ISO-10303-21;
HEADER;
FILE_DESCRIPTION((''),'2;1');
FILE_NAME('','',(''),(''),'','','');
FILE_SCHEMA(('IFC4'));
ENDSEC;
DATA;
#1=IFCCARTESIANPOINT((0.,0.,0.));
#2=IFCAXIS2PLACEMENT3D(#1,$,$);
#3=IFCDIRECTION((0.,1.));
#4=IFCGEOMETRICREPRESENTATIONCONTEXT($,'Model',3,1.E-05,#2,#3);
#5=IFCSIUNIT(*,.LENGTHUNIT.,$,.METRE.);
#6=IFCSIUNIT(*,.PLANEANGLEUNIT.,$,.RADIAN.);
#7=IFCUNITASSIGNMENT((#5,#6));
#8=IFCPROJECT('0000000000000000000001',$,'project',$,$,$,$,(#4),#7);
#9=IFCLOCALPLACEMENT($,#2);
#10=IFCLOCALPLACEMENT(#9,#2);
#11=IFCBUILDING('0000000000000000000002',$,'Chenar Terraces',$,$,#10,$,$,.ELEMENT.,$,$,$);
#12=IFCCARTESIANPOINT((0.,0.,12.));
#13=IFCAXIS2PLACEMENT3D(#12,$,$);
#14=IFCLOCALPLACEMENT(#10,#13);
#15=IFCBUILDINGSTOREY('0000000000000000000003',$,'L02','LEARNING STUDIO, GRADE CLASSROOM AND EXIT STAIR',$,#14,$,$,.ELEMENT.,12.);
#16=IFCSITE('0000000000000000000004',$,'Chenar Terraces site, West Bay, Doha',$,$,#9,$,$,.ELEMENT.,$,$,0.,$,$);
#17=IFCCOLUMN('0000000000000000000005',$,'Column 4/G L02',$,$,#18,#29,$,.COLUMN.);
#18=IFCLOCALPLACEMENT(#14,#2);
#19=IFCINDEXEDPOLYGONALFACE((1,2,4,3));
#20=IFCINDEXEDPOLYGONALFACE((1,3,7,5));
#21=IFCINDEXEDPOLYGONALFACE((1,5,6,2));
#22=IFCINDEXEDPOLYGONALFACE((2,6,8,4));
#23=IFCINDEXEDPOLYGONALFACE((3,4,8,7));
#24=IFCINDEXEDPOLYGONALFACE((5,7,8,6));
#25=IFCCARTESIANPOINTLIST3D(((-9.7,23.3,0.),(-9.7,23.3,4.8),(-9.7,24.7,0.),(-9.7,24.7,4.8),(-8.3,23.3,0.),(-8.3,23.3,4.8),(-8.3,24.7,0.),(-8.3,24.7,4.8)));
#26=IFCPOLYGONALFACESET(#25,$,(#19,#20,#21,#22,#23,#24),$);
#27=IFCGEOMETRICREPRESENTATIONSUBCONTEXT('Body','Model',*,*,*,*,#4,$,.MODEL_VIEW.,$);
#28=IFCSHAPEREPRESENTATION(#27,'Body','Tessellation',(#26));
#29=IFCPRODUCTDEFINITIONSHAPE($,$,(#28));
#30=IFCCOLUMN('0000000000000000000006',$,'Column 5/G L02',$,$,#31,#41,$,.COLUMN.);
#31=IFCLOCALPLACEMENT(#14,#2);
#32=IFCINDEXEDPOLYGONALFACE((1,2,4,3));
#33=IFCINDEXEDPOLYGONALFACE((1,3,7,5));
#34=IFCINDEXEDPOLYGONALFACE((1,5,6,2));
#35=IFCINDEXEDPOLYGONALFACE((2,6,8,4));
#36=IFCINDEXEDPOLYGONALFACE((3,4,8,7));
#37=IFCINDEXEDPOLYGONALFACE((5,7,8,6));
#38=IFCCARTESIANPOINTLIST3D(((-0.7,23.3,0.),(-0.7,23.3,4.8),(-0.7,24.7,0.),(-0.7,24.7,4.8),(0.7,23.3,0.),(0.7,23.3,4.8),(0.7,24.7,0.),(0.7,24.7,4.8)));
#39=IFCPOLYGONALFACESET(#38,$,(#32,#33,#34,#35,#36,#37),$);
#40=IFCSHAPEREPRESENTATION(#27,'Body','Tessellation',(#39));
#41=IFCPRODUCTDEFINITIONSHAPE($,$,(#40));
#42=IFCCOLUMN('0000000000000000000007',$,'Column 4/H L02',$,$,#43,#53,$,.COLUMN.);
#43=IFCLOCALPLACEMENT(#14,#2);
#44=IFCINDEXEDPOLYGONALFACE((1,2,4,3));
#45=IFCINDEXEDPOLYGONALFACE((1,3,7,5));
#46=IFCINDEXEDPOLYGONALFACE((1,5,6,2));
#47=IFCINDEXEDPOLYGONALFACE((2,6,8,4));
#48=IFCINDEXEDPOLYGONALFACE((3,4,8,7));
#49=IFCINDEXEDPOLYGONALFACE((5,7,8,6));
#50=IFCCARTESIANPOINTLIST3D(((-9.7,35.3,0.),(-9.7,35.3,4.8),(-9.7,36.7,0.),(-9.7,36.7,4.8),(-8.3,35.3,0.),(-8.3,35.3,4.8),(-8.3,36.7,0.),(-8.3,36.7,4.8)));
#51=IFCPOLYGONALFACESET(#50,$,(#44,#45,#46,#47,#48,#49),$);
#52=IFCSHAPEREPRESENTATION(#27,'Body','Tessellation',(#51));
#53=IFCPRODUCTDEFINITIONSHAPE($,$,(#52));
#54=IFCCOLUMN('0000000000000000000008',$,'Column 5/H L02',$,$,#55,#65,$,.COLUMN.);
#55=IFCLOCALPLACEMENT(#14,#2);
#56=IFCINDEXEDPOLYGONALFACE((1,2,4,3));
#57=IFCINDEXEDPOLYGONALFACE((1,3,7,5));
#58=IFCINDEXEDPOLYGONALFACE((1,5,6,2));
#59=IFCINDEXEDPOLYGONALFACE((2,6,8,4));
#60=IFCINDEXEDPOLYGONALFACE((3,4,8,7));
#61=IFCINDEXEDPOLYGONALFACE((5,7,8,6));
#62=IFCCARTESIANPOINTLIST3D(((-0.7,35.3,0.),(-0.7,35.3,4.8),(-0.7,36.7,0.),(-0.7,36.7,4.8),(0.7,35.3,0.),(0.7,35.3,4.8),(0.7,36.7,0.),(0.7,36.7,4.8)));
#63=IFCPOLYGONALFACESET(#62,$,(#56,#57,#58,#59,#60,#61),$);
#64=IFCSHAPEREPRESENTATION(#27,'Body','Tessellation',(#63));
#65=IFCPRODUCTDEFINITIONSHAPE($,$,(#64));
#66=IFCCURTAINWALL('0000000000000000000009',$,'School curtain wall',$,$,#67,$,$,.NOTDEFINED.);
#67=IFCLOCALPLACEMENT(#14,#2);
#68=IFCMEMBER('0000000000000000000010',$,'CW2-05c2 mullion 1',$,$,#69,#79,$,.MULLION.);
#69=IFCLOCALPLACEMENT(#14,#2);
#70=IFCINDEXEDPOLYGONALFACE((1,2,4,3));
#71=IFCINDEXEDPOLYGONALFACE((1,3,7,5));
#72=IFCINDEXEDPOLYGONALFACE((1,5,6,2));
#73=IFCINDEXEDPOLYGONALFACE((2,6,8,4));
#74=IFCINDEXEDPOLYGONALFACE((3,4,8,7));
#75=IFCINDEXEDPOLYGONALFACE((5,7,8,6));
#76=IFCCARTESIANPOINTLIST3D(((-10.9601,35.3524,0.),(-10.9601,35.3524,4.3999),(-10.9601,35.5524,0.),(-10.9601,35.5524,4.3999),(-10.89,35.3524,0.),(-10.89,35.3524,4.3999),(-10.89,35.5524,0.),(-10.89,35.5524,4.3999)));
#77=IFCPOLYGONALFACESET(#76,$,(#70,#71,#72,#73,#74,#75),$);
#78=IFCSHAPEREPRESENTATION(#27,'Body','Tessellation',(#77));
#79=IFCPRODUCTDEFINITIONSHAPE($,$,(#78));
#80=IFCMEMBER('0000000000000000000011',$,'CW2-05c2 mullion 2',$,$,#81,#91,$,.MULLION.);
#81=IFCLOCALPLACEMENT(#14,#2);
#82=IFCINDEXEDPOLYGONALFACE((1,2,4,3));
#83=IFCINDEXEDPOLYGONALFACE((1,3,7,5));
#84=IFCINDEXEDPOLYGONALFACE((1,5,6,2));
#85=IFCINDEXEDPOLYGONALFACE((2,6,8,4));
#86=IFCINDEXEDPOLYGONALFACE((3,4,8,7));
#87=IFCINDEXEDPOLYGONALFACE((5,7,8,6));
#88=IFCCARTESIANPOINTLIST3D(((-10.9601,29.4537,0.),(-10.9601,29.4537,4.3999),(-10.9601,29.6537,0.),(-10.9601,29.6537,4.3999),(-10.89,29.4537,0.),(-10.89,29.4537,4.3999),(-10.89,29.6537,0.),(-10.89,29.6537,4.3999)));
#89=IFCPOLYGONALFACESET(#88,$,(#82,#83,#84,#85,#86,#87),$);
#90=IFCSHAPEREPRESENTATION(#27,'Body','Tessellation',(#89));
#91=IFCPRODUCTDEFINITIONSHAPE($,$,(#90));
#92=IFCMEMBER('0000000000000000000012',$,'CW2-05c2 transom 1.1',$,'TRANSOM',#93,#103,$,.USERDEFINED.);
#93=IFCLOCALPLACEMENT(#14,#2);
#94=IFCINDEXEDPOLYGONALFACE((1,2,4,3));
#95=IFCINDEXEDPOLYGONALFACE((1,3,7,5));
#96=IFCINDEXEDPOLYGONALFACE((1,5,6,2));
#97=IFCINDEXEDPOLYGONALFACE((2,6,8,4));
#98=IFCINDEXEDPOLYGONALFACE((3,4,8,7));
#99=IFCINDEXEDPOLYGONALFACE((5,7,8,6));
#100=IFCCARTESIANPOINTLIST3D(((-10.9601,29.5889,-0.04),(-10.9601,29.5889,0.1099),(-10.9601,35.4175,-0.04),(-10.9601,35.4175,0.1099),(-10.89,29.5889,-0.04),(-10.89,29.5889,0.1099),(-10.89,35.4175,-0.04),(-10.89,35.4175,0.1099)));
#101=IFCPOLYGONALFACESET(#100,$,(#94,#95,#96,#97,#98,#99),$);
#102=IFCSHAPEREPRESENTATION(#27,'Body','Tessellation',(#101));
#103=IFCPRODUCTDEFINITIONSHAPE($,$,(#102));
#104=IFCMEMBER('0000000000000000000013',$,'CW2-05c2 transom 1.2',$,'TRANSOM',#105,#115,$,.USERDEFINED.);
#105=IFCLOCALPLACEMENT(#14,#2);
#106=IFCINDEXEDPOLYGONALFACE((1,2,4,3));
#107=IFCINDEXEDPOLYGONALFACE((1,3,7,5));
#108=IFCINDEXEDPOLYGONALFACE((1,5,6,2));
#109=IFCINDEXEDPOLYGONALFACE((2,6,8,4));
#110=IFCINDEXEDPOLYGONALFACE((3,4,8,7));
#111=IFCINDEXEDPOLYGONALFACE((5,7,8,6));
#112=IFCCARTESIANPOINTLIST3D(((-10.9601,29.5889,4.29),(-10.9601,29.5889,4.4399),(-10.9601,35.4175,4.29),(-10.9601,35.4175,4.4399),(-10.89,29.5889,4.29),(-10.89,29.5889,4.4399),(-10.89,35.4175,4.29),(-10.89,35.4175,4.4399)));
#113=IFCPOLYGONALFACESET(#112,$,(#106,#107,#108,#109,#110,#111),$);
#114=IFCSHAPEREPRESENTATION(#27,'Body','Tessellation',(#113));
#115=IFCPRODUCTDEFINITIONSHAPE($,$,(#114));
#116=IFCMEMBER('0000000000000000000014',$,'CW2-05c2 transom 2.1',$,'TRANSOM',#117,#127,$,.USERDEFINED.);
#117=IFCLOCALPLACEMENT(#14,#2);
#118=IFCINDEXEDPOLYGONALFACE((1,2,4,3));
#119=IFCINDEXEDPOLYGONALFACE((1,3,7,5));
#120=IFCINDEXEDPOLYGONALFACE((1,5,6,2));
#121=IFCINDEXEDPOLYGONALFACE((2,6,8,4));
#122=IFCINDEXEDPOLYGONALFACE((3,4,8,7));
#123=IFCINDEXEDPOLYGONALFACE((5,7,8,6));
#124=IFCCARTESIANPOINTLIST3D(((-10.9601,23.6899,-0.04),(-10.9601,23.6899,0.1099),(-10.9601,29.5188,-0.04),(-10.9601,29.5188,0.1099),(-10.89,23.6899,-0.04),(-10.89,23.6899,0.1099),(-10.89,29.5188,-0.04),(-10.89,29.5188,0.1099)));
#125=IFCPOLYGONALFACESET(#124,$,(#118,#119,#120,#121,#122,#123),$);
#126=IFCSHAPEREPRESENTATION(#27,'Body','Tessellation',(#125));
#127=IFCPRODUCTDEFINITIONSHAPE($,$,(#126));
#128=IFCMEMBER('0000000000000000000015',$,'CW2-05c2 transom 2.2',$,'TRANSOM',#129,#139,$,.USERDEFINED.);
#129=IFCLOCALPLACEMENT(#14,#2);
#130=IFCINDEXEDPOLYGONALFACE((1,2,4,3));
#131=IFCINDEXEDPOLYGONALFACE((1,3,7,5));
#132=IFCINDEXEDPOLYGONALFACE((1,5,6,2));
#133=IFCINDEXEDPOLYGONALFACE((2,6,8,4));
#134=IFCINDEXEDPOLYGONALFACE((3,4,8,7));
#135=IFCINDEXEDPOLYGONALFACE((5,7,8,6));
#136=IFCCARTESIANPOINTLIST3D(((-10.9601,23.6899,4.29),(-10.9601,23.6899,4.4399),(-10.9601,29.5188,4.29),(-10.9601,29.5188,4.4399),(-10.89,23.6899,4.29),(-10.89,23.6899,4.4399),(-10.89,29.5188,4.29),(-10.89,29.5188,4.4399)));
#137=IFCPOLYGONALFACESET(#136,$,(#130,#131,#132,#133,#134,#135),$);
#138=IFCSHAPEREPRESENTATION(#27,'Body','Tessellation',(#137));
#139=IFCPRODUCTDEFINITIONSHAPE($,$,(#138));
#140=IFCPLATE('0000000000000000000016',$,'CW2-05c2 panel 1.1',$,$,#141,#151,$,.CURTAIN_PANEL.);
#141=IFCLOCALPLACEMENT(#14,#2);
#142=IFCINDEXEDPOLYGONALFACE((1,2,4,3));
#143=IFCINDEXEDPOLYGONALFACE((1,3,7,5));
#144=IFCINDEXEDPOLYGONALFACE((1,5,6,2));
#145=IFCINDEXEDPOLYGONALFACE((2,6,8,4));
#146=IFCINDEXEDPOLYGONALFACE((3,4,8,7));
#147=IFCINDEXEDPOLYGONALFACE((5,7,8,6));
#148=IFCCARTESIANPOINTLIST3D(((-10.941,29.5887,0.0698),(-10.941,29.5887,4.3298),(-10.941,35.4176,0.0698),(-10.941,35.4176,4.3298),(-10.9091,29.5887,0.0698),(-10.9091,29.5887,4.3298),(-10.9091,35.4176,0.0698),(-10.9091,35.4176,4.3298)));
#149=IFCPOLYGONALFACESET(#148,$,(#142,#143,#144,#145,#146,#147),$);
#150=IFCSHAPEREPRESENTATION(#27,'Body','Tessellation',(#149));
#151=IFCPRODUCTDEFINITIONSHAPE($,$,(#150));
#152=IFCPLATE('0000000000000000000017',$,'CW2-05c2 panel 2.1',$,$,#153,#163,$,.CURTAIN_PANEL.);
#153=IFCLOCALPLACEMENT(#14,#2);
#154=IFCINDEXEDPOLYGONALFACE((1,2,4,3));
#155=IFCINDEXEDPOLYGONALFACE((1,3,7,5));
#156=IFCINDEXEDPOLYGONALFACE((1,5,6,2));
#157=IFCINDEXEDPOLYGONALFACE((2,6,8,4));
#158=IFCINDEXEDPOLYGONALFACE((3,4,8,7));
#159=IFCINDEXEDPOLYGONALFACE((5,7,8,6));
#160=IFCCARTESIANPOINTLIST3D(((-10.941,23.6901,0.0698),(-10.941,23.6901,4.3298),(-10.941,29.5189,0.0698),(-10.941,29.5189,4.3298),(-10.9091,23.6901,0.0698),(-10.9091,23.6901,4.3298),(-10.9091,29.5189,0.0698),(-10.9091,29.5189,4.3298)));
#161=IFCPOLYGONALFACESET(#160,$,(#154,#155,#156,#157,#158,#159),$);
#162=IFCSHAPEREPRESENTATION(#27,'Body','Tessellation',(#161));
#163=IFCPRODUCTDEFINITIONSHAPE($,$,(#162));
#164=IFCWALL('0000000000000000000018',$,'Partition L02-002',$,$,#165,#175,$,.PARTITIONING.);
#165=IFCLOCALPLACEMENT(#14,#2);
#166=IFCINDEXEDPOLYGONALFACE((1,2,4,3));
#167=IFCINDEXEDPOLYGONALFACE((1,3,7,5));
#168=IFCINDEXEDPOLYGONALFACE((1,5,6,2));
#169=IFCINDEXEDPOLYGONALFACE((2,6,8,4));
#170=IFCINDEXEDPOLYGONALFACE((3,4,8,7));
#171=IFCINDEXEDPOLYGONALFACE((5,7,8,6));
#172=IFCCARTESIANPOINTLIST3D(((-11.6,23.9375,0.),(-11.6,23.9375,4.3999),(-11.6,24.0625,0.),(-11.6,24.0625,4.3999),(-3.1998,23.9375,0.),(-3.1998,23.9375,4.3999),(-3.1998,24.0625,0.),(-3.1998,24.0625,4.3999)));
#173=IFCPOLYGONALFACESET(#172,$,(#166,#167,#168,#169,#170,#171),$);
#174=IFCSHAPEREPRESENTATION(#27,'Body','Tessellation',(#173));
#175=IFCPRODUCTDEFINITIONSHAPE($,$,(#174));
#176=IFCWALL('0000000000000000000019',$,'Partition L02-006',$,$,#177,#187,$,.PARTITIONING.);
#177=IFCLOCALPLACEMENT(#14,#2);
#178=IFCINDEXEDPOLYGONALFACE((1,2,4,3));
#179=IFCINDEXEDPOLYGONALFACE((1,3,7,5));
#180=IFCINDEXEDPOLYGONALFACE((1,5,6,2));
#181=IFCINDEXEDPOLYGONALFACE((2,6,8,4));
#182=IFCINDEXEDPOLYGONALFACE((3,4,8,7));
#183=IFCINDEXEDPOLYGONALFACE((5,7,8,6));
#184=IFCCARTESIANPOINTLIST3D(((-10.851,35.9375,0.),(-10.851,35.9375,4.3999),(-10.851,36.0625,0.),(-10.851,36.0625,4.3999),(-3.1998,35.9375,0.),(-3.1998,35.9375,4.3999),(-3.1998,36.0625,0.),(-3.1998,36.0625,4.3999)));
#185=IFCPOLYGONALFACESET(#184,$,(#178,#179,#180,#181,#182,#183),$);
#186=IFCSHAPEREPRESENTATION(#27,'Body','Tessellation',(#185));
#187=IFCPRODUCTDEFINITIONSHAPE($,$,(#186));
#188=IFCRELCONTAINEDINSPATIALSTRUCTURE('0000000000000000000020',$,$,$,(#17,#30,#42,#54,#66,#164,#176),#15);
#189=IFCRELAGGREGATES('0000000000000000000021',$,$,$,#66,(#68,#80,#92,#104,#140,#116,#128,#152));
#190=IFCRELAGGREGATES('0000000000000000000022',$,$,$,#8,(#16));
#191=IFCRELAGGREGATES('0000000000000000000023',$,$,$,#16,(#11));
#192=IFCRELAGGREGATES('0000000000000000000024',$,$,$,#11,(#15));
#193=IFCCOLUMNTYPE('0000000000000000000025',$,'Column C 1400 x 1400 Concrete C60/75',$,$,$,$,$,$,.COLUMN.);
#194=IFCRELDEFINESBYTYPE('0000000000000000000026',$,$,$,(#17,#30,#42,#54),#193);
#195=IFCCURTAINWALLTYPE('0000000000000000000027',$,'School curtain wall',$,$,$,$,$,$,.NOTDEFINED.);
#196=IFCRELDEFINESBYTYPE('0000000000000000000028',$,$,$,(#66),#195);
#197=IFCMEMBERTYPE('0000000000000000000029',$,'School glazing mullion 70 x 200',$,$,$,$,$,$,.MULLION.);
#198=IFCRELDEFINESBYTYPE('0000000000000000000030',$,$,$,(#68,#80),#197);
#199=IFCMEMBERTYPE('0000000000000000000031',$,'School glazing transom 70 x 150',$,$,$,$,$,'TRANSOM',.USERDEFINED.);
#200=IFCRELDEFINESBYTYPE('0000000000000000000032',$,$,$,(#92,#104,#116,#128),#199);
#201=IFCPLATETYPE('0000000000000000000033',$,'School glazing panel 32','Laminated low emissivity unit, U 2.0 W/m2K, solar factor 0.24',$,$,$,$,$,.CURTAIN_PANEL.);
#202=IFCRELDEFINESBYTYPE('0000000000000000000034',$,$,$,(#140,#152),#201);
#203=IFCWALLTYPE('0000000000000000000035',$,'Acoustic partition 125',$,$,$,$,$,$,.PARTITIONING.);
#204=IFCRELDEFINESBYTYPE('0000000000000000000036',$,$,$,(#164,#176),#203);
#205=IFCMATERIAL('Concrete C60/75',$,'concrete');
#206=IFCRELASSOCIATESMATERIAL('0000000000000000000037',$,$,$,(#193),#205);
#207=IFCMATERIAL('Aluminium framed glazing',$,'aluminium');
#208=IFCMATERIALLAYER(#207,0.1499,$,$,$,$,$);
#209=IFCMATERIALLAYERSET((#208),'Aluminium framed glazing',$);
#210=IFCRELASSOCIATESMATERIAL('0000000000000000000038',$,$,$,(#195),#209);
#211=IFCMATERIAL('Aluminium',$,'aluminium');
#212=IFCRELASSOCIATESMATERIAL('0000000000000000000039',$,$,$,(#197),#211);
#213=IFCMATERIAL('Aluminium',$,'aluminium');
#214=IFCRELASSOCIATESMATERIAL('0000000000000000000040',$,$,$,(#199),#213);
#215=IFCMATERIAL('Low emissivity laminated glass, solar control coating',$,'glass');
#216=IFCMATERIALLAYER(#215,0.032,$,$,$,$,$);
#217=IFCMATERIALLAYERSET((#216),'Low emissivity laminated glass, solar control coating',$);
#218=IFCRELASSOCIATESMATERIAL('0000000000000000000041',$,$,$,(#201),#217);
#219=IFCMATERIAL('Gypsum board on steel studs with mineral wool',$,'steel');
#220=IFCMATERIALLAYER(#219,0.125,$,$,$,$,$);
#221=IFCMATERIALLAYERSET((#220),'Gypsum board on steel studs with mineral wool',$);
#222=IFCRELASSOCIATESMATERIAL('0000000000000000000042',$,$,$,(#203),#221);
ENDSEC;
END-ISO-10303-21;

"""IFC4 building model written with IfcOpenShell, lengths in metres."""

from ifc_helpers import new_model, si_unit, direction, frame, frame_2d, origin, origin_2d, place, context, subcontext, project, spatial, rectangle, extrude, material, layer, layer_set, material_profile, profile_set, type_object, element, aggregate, save


model = new_model("IFC4")

# Units and contexts
model_context = context("Model", 3, precision=1e-05, world=origin(), true_north=direction((0.0, 1.0)))
body_context = subcontext(model_context, "Body", "Model", "MODEL_VIEW")
ifc_project = project(units=[si_unit("LENGTHUNIT", "METRE"), si_unit("PLANEANGLEUNIT", "RADIAN")], contexts=[model_context])

# Site, building, storey
site_placement = place(None, origin())
site = spatial("IfcSite", under=ifc_project, at=site_placement, Name="Chenar Terraces site, West Bay, Doha", CompositionType="ELEMENT", RefElevation=0.0)
building_placement = place(site_placement, origin())
building = spatial("IfcBuilding", under=site, at=building_placement, Name="Chenar Terraces", CompositionType="ELEMENT")
storey_placement = place(building_placement, frame((0.0, 0.0, 12.0)))
storey = spatial("IfcBuildingStorey", under=building, at=storey_placement, Name="L02", Description="LEARNING STUDIO, GRADE CLASSROOM AND EXIT STAIR", CompositionType="ELEMENT", Elevation=12.0)

# Columns
ifc_material_1 = material(Name="Concrete C60/75", Category="concrete")
ifc_material_profile_1 = material_profile(ifc_material_1, rectangle(XDim=1.3999, YDim=1.3999, at=origin_2d()), Name="C 1400 x 1400")
ifc_profile_set_1 = profile_set([ifc_material_profile_1], Name="Concrete C60/75")
column_type = type_object("IfcColumnType", Name="Column C 1400 x 1400 Concrete C60/75", PredefinedType="COLUMN", material=ifc_profile_set_1)
for number, where, z_axis, x_axis, name in (
    (1, (-9.0, 24.0, 0.0), (0.0, 0.0, 1.0), (1.0, 0.0, 0.0), "Column 4/G L02"),
    (2, (0.0, 24.0, 0.0), (0.0, 0.0, 1.0), (1.0, 0.0, 0.0), "Column 5/G L02"),
    (3, (-9.0, 36.0, 0.0), (0.0, 0.0, 1.0), (1.0, 0.0, 0.0), "Column 4/H L02"),
    (4, (0.0, 36.0, 0.0), (0.0, 0.0, 1.0), (1.0, 0.0, 0.0), "Column 5/H L02"),
):
    element("IfcColumn", number, at=place(storey_placement, frame(where, z_axis=z_axis, x_axis=x_axis)), inside=storey, type_object=column_type, Name=name, PredefinedType="COLUMN", context=body_context, shape_type="SweptSolid", body=[
        extrude(rectangle(XDim=1.3999, YDim=1.3999, at=origin_2d()), origin(), (0.0, 0.0, 1.0), 4.8),
    ])

# Curtain wall, members, plates
ifc_material_2 = material(Name="Aluminium framed glazing", Category="aluminium")
ifc_layer_1 = layer(ifc_material_2, 0.1499)
ifc_layer_set_1 = layer_set([ifc_layer_1], Name="Aluminium framed glazing")
curtain_wall_type = type_object("IfcCurtainWallType", Name="School curtain wall", PredefinedType="NOTDEFINED", material=ifc_layer_set_1)
curtain_wall_placement = place(storey_placement, origin())
curtain_wall = element("IfcCurtainWall", 5, at=curtain_wall_placement, inside=storey, type_object=curtain_wall_type, Name="School curtain wall", PredefinedType="NOTDEFINED")
ifc_material_3 = material(Name="Aluminium", Category="aluminium")
ifc_material_profile_2 = material_profile(ifc_material_3, rectangle(XDim=0.0701, YDim=0.2, at=origin_2d()), Name="School glazing mullion 70 x 200")
ifc_profile_set_2 = profile_set([ifc_material_profile_2], Name="Aluminium")
member_type_1 = type_object("IfcMemberType", Name="School glazing mullion 70 x 200", PredefinedType="MULLION", material=ifc_profile_set_2)
member_1_placement = place(storey_placement, frame((-10.925, 35.4524, 0.0), z_axis=(0.0, 0.0, 1.0), x_axis=(1.0, 0.0, 0.0)))
member_1 = element("IfcMember", 6, at=member_1_placement, type_object=member_type_1, Name="CW2-05c2 mullion 1", PredefinedType="MULLION", context=body_context, shape_type="SweptSolid", body=[
    extrude(rectangle(XDim=0.0701, YDim=0.2, at=origin_2d()), origin(), (0.0, 0.0, 1.0), 4.3999),
])
member_2_placement = place(storey_placement, frame((-10.925, 29.5537, 0.0), z_axis=(0.0, 0.0, 1.0), x_axis=(1.0, 0.0, 0.0)))
member_2 = element("IfcMember", 7, at=member_2_placement, type_object=member_type_1, Name="CW2-05c2 mullion 2", PredefinedType="MULLION", context=body_context, shape_type="SweptSolid", body=[
    extrude(rectangle(XDim=0.0701, YDim=0.2, at=origin_2d()), origin(), (0.0, 0.0, 1.0), 4.3999),
])
ifc_material_4 = material(Name="Aluminium", Category="aluminium")
ifc_material_profile_3 = material_profile(ifc_material_4, rectangle(XDim=0.0701, YDim=0.1499, at=origin_2d()), Name="School glazing transom 70 x 150")
ifc_profile_set_3 = profile_set([ifc_material_profile_3], Name="Aluminium")
member_type_2 = type_object("IfcMemberType", Name="School glazing transom 70 x 150", ElementType="TRANSOM", PredefinedType="USERDEFINED", material=ifc_profile_set_3)
member_3_placement = place(storey_placement, frame((-10.925, 35.4175, 0.0349), z_axis=(0.0, -1.0, 0.0), x_axis=(1.0, 0.0, 0.0)))
member_3 = element("IfcMember", 8, at=member_3_placement, type_object=member_type_2, Name="CW2-05c2 transom 1.1", ObjectType="TRANSOM", PredefinedType="USERDEFINED", context=body_context, shape_type="SweptSolid", body=[
    extrude(rectangle(XDim=0.0701, YDim=0.1499, at=origin_2d()), origin(), (0.0, 0.0, 1.0), 5.8286),
])
member_4_placement = place(storey_placement, frame((-10.925, 35.4175, 4.365), z_axis=(0.0, -1.0, 0.0), x_axis=(1.0, 0.0, 0.0)))
member_4 = element("IfcMember", 9, at=member_4_placement, type_object=member_type_2, Name="CW2-05c2 transom 1.2", ObjectType="TRANSOM", PredefinedType="USERDEFINED", context=body_context, shape_type="SweptSolid", body=[
    extrude(rectangle(XDim=0.0701, YDim=0.1499, at=origin_2d()), origin(), (0.0, 0.0, 1.0), 5.8286),
])
member_5_placement = place(storey_placement, frame((-10.925, 29.5188, 0.0349), z_axis=(0.0, -1.0, 0.0), x_axis=(1.0, 0.0, 0.0)))
member_5 = element("IfcMember", 10, at=member_5_placement, type_object=member_type_2, Name="CW2-05c2 transom 2.1", ObjectType="TRANSOM", PredefinedType="USERDEFINED", context=body_context, shape_type="SweptSolid", body=[
    extrude(rectangle(XDim=0.0701, YDim=0.1499, at=origin_2d()), origin(), (0.0, 0.0, 1.0), 5.8289),
])
member_6_placement = place(storey_placement, frame((-10.925, 29.5188, 4.365), z_axis=(0.0, -1.0, 0.0), x_axis=(1.0, 0.0, 0.0)))
member_6 = element("IfcMember", 11, at=member_6_placement, type_object=member_type_2, Name="CW2-05c2 transom 2.2", ObjectType="TRANSOM", PredefinedType="USERDEFINED", context=body_context, shape_type="SweptSolid", body=[
    extrude(rectangle(XDim=0.0701, YDim=0.1499, at=origin_2d()), origin(), (0.0, 0.0, 1.0), 5.8289),
])
ifc_material_5 = material(Name="Low emissivity laminated glass, solar control coating", Category="glass")
ifc_layer_2 = layer(ifc_material_5, 0.032)
ifc_layer_set_2 = layer_set([ifc_layer_2], Name="Low emissivity laminated glass, solar control coating")
plate_type = type_object("IfcPlateType", Name="School glazing panel 32", Description="Laminated low emissivity unit, U 2.0 W/m2K, solar factor 0.24", PredefinedType="CURTAIN_PANEL", material=ifc_layer_set_2)
plate_1_placement = place(storey_placement, frame((-10.925, 32.5032, 0.0698), z_axis=(0.0, 0.0, 1.0), x_axis=(0.0, -1.0, 0.0)))
plate_1 = element("IfcPlate", 12, at=plate_1_placement, type_object=plate_type, Name="CW2-05c2 panel 1.1", PredefinedType="CURTAIN_PANEL", context=body_context, shape_type="SweptSolid", body=[
    extrude(rectangle(XDim=5.8289, YDim=0.032, at=origin_2d()), origin(), (0.0, 0.0, 1.0), 4.26),
])
plate_2_placement = place(storey_placement, frame((-10.925, 26.6045, 0.0698), z_axis=(0.0, 0.0, 1.0), x_axis=(0.0, -1.0, 0.0)))
plate_2 = element("IfcPlate", 13, at=plate_2_placement, type_object=plate_type, Name="CW2-05c2 panel 2.1", PredefinedType="CURTAIN_PANEL", context=body_context, shape_type="SweptSolid", body=[
    extrude(rectangle(XDim=5.8289, YDim=0.032, at=origin_2d()), origin(), (0.0, 0.0, 1.0), 4.26),
])
aggregate(curtain_wall, [member_1, member_2, member_3, member_4, plate_1, member_5, member_6, plate_2])

# Walls
ifc_material_6 = material(Name="Gypsum board on steel studs with mineral wool", Category="steel")
ifc_layer_3 = layer(ifc_material_6, 0.125)
ifc_layer_set_3 = layer_set([ifc_layer_3], Name="Gypsum board on steel studs with mineral wool")
wall_type_1 = type_object("IfcWallType", Name="Acoustic partition 125", PredefinedType="PARTITIONING", material=ifc_layer_set_3)
wall_1_placement = place(storey_placement, frame((-11.6001, 24.0, 0.0), z_axis=(0.0, 0.0, 1.0), x_axis=(1.0, 0.0, 0.0)))
element("IfcWall", 14, at=wall_1_placement, inside=storey, type_object=wall_type_1, Name="Partition L02-002", PredefinedType="PARTITIONING", context=body_context, shape_type="SweptSolid", body=[
    extrude(rectangle(XDim=8.4001, YDim=0.125, at=frame_2d((4.2002, 0.0))), origin(), (0.0, 0.0, 1.0), 4.3999),
])
wall_2_placement = place(storey_placement, frame((-10.8511, 36.0, 0.0), z_axis=(0.0, 0.0, 1.0), x_axis=(1.0, 0.0, 0.0)))
element("IfcWall", 15, at=wall_2_placement, inside=storey, type_object=wall_type_1, Name="Partition L02-006", PredefinedType="PARTITIONING", context=body_context, shape_type="SweptSolid", body=[
    extrude(rectangle(XDim=7.6511, YDim=0.125, at=frame_2d((3.8257, 0.0))), origin(), (0.0, 0.0, 1.0), 4.3999),
])

save(model, "model.ifc")
